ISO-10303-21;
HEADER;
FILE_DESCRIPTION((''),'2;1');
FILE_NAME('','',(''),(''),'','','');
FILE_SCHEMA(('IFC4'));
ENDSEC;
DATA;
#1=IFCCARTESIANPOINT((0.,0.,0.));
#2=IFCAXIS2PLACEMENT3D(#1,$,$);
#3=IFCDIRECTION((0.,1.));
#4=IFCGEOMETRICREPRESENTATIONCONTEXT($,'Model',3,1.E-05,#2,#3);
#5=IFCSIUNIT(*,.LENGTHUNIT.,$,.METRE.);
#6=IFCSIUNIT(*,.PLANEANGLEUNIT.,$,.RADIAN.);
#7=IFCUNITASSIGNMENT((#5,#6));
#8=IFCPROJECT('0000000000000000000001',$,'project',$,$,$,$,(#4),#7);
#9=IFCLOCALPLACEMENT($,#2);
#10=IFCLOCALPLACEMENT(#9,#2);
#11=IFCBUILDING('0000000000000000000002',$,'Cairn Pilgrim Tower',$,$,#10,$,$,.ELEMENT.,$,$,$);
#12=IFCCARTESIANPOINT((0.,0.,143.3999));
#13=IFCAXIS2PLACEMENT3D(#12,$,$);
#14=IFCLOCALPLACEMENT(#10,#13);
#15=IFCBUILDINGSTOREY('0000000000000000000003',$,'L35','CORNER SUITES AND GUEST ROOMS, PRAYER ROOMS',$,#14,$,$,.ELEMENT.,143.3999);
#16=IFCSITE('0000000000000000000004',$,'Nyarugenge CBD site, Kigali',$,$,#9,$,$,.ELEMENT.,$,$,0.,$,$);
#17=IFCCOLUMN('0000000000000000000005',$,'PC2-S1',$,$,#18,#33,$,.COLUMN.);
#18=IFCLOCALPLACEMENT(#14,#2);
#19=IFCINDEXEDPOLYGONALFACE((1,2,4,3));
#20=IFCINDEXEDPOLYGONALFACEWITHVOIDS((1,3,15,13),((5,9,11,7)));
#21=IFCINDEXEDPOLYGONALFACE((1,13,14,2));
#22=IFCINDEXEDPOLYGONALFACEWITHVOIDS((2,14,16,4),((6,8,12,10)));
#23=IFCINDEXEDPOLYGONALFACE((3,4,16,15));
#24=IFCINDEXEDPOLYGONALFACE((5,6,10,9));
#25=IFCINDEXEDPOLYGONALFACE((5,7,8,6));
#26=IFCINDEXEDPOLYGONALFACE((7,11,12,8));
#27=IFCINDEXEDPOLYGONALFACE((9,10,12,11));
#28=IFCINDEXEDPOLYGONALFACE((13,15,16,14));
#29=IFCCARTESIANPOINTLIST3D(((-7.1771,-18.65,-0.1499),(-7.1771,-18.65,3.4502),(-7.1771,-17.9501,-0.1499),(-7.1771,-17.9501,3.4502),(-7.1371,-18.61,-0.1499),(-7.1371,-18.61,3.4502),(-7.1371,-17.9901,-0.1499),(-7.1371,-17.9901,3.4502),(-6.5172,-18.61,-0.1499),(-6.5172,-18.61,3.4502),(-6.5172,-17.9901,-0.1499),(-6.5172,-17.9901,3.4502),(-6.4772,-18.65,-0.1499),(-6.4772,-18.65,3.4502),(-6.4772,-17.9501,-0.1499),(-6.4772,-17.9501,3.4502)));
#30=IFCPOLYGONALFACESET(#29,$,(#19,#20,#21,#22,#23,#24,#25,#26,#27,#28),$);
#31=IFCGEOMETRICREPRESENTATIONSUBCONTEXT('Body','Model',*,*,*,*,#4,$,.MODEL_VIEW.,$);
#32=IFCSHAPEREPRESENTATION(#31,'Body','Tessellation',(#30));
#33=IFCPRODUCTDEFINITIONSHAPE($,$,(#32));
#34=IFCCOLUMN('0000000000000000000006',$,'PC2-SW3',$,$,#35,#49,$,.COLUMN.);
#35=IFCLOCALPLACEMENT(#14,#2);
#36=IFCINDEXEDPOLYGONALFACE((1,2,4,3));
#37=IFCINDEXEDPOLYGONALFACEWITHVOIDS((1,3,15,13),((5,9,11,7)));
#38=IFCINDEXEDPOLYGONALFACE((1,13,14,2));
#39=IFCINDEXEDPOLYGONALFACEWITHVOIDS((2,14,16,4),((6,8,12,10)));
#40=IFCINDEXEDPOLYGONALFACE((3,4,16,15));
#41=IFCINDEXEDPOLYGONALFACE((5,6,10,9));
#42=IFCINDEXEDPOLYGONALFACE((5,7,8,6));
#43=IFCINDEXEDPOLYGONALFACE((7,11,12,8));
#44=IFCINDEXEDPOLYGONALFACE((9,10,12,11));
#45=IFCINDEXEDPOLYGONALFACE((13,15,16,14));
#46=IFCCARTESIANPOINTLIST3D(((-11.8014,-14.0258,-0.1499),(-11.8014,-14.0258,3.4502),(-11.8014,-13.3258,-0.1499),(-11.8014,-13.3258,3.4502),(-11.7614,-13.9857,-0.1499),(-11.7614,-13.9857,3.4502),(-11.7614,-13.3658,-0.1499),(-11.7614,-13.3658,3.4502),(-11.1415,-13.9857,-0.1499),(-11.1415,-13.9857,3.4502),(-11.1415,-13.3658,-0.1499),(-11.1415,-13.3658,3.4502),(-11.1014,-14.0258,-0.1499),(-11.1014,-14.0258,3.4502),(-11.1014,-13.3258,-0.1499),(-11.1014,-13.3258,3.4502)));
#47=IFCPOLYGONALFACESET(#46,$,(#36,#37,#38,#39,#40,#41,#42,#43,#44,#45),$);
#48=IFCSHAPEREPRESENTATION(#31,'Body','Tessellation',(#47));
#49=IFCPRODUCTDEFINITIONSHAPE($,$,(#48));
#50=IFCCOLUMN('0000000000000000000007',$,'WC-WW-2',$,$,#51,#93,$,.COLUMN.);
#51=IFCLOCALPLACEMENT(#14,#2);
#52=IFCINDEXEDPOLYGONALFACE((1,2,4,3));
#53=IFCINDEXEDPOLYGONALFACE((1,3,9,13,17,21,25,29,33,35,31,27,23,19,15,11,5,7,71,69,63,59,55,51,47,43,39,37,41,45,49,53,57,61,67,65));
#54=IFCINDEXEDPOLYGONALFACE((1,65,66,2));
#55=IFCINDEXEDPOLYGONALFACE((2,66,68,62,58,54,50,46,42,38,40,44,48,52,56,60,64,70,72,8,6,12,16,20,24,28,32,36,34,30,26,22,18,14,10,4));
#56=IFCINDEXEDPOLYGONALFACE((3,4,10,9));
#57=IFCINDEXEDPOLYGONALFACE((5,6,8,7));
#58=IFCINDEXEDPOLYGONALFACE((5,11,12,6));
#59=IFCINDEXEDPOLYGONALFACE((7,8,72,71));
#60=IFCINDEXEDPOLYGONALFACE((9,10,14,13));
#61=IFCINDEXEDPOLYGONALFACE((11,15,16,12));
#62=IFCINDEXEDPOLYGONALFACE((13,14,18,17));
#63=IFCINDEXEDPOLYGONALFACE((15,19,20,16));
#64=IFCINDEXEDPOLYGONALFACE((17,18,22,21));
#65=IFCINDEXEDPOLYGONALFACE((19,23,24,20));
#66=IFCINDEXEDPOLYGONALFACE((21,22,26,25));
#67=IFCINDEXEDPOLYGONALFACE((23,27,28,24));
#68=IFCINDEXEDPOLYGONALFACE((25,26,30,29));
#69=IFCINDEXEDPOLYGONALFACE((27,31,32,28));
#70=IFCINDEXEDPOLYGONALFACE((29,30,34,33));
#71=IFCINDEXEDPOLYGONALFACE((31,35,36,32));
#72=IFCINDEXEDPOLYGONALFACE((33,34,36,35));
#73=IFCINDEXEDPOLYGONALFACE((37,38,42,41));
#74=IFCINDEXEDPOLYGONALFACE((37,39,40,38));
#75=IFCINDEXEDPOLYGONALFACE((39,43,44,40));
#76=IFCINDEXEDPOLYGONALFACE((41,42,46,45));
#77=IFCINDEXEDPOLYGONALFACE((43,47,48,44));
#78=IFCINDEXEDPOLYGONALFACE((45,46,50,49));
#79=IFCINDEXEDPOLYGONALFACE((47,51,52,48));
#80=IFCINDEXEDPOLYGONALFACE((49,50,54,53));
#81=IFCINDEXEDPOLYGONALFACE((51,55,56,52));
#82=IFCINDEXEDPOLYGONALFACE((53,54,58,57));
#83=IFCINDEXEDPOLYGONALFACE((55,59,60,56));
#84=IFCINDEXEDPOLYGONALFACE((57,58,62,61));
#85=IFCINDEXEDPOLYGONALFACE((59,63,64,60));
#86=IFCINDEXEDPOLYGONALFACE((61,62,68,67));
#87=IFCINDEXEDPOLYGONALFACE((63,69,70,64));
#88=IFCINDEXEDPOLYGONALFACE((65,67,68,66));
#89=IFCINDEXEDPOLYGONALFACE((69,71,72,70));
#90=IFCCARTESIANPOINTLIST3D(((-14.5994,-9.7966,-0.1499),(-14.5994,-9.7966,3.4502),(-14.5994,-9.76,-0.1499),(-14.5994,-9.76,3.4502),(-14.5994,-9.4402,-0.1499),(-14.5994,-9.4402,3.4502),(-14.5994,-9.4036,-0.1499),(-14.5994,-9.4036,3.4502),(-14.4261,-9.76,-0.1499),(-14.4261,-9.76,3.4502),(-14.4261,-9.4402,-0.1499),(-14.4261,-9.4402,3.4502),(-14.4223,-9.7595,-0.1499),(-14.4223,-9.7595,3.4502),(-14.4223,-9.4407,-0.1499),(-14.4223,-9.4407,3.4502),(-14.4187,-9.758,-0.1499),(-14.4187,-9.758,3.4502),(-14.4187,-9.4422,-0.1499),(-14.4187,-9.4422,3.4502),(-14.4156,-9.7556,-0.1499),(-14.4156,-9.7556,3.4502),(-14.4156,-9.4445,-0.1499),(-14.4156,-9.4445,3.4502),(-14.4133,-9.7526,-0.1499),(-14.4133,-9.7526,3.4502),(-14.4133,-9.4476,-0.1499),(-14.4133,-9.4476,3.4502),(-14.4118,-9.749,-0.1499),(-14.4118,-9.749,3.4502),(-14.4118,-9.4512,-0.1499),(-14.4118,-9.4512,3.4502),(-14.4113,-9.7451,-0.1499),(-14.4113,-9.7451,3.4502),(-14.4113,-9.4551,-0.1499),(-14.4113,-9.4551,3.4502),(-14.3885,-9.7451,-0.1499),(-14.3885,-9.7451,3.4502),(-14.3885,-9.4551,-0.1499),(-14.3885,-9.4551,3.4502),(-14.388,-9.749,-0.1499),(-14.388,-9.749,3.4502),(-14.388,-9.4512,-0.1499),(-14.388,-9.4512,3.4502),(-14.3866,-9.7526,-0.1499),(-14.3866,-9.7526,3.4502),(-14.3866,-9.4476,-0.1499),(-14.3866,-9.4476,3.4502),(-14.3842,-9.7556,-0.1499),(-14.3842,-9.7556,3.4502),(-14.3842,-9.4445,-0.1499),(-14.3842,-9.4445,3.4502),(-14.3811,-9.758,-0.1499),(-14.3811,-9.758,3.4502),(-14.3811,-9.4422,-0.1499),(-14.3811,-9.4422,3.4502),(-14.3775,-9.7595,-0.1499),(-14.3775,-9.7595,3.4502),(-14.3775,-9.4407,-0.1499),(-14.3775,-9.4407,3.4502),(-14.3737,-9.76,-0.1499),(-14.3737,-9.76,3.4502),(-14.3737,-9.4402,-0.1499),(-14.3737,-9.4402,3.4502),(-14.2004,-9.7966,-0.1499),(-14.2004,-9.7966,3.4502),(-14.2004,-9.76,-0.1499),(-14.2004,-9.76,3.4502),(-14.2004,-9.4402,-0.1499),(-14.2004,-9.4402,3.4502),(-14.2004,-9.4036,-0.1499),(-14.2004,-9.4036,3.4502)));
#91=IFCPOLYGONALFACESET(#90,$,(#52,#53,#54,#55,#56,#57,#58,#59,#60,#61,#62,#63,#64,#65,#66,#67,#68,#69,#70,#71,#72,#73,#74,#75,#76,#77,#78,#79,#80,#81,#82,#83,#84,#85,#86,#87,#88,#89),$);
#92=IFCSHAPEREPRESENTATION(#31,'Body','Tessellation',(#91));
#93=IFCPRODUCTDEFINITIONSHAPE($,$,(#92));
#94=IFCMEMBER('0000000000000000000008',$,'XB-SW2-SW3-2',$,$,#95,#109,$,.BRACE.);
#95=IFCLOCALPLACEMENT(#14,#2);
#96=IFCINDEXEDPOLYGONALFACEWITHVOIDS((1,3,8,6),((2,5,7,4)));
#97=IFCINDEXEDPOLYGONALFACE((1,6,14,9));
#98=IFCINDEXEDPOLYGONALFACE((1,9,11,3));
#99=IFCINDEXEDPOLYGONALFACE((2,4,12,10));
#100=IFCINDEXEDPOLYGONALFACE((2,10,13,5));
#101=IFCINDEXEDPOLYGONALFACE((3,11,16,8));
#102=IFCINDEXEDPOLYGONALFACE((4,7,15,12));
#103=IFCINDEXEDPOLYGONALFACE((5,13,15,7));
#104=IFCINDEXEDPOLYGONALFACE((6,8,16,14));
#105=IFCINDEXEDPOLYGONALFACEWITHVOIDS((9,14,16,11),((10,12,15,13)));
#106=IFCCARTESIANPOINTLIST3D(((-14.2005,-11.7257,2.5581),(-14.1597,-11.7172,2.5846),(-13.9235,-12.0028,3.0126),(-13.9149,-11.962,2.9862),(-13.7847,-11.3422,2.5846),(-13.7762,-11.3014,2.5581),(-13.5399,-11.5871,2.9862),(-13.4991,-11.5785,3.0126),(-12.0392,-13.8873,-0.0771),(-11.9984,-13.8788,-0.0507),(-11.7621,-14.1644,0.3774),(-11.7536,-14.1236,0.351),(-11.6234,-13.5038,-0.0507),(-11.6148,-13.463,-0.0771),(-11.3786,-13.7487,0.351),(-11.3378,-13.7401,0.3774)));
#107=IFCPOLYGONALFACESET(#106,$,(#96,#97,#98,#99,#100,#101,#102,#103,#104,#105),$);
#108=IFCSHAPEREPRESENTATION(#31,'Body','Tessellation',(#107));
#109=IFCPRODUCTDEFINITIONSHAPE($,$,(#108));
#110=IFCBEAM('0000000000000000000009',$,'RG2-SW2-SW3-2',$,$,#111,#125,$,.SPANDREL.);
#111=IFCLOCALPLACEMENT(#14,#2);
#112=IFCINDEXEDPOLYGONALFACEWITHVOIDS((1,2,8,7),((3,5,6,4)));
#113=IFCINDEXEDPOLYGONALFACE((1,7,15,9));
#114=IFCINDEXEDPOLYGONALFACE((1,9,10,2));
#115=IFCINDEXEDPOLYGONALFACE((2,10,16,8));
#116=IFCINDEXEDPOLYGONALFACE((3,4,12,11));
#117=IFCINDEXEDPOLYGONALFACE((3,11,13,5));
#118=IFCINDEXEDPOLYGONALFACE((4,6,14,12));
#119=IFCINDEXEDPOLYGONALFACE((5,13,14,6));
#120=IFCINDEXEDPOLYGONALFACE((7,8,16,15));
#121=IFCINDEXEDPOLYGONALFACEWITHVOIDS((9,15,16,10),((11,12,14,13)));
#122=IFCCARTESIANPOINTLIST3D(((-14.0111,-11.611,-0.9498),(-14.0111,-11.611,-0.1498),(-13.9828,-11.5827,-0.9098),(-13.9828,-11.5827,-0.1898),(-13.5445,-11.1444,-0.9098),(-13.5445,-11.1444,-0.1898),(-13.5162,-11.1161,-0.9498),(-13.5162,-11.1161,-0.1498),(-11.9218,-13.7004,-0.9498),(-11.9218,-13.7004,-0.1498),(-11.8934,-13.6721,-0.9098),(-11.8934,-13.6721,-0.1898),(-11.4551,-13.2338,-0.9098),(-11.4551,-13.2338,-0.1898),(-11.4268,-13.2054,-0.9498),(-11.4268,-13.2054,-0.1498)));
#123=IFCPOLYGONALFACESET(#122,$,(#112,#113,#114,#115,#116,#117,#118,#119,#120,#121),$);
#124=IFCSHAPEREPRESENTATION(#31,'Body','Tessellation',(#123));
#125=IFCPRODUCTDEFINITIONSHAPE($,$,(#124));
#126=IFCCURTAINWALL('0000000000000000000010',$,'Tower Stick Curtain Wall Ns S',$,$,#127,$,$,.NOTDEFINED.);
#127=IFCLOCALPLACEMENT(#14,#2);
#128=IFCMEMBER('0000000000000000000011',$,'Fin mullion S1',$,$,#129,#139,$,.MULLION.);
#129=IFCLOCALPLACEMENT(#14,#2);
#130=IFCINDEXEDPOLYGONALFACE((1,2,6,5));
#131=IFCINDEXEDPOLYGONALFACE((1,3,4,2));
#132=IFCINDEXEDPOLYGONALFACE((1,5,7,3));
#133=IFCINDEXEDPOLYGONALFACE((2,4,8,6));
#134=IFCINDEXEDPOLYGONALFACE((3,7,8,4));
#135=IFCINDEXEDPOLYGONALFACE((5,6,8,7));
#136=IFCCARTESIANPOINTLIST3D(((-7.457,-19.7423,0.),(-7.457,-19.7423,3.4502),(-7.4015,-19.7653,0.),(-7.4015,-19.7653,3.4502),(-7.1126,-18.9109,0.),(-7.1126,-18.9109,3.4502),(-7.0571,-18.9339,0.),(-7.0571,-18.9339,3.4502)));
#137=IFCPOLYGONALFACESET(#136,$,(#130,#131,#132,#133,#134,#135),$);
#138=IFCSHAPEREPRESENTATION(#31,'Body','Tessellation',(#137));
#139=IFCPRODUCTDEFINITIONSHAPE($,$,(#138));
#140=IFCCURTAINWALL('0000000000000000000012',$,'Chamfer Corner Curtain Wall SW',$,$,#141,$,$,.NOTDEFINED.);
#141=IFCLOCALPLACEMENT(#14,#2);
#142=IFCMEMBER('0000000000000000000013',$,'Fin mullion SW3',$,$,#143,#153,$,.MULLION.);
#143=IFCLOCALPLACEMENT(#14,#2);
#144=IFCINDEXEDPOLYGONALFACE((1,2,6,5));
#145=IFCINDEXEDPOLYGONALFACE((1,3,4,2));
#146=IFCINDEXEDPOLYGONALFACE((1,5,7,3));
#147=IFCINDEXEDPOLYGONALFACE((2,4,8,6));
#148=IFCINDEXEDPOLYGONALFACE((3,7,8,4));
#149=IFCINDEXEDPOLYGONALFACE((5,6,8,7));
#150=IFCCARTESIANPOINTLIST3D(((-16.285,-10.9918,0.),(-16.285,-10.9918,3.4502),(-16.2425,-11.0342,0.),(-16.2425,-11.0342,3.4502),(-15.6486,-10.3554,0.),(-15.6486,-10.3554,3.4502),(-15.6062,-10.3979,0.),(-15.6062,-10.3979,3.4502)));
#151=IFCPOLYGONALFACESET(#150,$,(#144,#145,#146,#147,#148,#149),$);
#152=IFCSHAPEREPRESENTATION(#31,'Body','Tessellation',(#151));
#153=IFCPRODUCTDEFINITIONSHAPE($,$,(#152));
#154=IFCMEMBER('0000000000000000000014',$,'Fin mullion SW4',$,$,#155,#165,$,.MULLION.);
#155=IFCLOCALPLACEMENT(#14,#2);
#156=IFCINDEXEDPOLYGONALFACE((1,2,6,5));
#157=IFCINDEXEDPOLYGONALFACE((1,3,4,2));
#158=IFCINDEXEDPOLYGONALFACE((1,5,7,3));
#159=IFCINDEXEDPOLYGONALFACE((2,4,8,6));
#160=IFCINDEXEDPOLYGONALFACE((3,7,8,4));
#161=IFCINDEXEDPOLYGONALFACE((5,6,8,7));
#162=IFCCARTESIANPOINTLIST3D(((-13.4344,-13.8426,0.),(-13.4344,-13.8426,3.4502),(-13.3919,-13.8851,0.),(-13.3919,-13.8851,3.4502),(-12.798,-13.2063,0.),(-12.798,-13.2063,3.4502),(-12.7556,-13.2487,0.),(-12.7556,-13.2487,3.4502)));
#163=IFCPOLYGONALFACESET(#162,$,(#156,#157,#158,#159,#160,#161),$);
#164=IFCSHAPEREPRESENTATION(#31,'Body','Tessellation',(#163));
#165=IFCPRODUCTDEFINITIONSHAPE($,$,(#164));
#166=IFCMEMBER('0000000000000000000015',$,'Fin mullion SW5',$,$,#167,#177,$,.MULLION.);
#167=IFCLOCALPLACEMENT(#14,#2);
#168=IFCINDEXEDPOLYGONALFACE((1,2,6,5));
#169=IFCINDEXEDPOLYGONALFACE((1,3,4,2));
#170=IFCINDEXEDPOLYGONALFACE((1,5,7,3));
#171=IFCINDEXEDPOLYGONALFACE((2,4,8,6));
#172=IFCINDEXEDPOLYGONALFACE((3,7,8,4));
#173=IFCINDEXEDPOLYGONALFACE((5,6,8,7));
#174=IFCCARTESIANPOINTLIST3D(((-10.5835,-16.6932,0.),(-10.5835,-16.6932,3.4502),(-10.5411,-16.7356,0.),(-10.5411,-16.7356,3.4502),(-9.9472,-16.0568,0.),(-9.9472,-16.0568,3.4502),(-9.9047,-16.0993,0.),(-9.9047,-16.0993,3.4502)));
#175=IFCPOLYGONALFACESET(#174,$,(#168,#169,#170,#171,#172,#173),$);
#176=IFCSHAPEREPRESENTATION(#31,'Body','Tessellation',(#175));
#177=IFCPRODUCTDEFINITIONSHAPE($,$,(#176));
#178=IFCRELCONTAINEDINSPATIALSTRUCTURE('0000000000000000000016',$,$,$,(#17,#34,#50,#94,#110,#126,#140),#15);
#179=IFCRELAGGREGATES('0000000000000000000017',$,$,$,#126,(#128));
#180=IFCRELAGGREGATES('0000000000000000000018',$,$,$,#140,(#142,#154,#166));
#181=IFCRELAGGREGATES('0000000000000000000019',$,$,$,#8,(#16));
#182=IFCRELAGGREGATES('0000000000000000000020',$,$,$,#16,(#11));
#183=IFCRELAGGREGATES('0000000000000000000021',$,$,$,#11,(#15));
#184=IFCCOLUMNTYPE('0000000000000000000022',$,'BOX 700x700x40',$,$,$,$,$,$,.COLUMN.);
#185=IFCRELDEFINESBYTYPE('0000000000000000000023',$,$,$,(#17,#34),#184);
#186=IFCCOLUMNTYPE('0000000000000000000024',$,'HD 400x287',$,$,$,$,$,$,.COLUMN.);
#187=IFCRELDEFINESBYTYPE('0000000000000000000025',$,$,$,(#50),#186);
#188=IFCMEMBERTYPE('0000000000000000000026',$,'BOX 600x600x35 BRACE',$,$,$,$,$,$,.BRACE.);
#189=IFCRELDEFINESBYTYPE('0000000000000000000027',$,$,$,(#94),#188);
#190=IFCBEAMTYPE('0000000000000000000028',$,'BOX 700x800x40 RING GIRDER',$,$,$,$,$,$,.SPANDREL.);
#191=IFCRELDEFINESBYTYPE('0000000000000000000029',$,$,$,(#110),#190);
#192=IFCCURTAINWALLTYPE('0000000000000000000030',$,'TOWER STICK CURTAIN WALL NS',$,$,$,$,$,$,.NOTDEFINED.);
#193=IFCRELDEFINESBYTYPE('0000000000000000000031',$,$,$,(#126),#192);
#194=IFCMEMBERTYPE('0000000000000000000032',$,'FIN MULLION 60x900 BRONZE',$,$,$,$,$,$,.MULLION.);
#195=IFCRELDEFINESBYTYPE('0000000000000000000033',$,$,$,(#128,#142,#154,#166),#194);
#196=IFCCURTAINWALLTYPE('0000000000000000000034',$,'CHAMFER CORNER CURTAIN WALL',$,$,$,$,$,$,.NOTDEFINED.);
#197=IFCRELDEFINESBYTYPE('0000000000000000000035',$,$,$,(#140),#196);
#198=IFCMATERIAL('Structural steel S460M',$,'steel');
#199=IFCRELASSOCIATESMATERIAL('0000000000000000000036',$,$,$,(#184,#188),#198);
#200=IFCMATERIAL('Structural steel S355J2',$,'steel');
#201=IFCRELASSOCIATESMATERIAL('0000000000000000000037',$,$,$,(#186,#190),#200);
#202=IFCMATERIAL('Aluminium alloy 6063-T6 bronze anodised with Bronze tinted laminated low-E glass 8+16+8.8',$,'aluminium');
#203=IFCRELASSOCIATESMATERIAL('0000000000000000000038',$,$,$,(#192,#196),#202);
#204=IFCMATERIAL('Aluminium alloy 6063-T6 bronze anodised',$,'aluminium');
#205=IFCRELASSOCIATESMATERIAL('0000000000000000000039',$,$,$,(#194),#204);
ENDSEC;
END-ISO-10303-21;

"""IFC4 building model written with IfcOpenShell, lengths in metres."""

from ifc_helpers import new_model, si_unit, direction, frame, origin, origin_2d, place, context, subcontext, project, spatial, rectangle, hollow_rectangle, i_section, extrude, material, material_profile, profile_set, type_object, element, aggregate, save


model = new_model("IFC4")

# Units and contexts
model_context = context("Model", 3, precision=1e-05, world=origin(), true_north=direction((0.0, 1.0)))
body_context = subcontext(model_context, "Body", "Model", "MODEL_VIEW")
ifc_project = project(units=[si_unit("LENGTHUNIT", "METRE"), si_unit("PLANEANGLEUNIT", "RADIAN")], contexts=[model_context])

# Site, building, storey
site_placement = place(None, origin())
site = spatial("IfcSite", under=ifc_project, at=site_placement, Name="Nyarugenge CBD site, Kigali", CompositionType="ELEMENT", RefElevation=0.0)
building_placement = place(site_placement, origin())
building = spatial("IfcBuilding", under=site, at=building_placement, Name="Cairn Pilgrim Tower", CompositionType="ELEMENT")
storey_placement = place(building_placement, frame((0.0, 0.0, 143.3999)))
storey = spatial("IfcBuildingStorey", under=building, at=storey_placement, Name="L35", Description="CORNER SUITES AND GUEST ROOMS, PRAYER ROOMS", CompositionType="ELEMENT", Elevation=143.3999)

# Columns
ifc_material_1 = material(Name="Structural steel S460M", Category="steel")
ifc_material_profile_1 = material_profile(ifc_material_1, hollow_rectangle(XDim=0.7, YDim=0.7, WallThickness=0.04, at=origin_2d()), Name="BOX 700x700x40")
ifc_profile_set_1 = profile_set([ifc_material_profile_1], Name="Structural steel S460M")
column_type_1 = type_object("IfcColumnType", Name="BOX 700x700x40", PredefinedType="COLUMN", material=ifc_profile_set_1)
for number, where, z_axis, x_axis, name in (
    (1, (-6.8271, -18.3, -0.1499), (0.0, 0.0, 1.0), (1.0, 0.0, 0.0), "PC2-S1"),
    (2, (-11.4514, -13.6758, -0.1499), (0.0, 0.0, 1.0), (1.0, 0.0, 0.0), "PC2-SW3"),
):
    element("IfcColumn", number, at=place(storey_placement, frame(where, z_axis=z_axis, x_axis=x_axis)), inside=storey, type_object=column_type_1, Name=name, PredefinedType="COLUMN", context=body_context, shape_type="SweptSolid", body=[
        extrude(hollow_rectangle(XDim=0.7, YDim=0.7, WallThickness=0.04, at=origin_2d()), origin(), (0.0, 0.0, 1.0), 3.6001),
    ])
ifc_material_2 = material(Name="Structural steel S355J2", Category="steel")
ifc_material_profile_2 = material_profile(ifc_material_2, i_section(OverallWidth=0.3989, OverallDepth=0.3931, WebThickness=0.0227, FlangeThickness=0.0366, FilletRadius=0.0149, at=origin_2d()), Name="HD 400x287")
ifc_profile_set_2 = profile_set([ifc_material_profile_2], Name="Structural steel S355J2")
column_type_2 = type_object("IfcColumnType", Name="HD 400x287", PredefinedType="COLUMN", material=ifc_profile_set_2)
column_placement = place(storey_placement, frame((-14.3999, -9.6001, -0.1499), z_axis=(0.0, 0.0, 1.0), x_axis=(1.0, 0.0, 0.0)))
element("IfcColumn", 3, at=column_placement, inside=storey, type_object=column_type_2, Name="WC-WW-2", PredefinedType="COLUMN", context=body_context, shape_type="SweptSolid", body=[
    extrude(i_section(OverallWidth=0.3989, OverallDepth=0.3931, WebThickness=0.0227, FlangeThickness=0.0366, FilletRadius=0.0149, at=origin_2d()), origin(), (0.0, 0.0, 1.0), 3.6001),
])

# Member
ifc_material_profile_3 = material_profile(ifc_material_1, hollow_rectangle(XDim=0.6001, YDim=0.6001, WallThickness=0.0349, at=origin_2d()), Name="BOX 600x600x35")
ifc_profile_set_3 = profile_set([ifc_material_profile_3], Name="Structural steel S460M")
member_type_1 = type_object("IfcMemberType", Name="BOX 600x600x35 BRACE", PredefinedType="BRACE", material=ifc_profile_set_3)
member_1_placement = place(storey_placement, frame((-11.6885, -13.8137, 0.1501), z_axis=(-0.535534, 0.535594, 0.652949), x_axis=(-0.707147, -0.707067, 0.0)))
element("IfcMember", 4, at=member_1_placement, inside=storey, type_object=member_type_1, Name="XB-SW2-SW3-2", PredefinedType="BRACE", context=body_context, shape_type="SweptSolid", body=[
    extrude(hollow_rectangle(XDim=0.6001, YDim=0.6001, WallThickness=0.0349, at=origin_2d()), origin(), (0.0, 0.0, 1.0), 4.0359),
])

# Beam
ifc_material_profile_4 = material_profile(ifc_material_2, hollow_rectangle(XDim=0.7, YDim=0.8, WallThickness=0.04, at=origin_2d()), Name="BOX 700x800x40")
ifc_profile_set_4 = profile_set([ifc_material_profile_4], Name="Structural steel S355J2")
beam_type_1 = type_object("IfcBeamType", Name="BOX 700x800x40 RING GIRDER", PredefinedType="SPANDREL", material=ifc_profile_set_4)
beam_1_placement = place(storey_placement, frame((-13.7637, -11.3635, -0.5498), z_axis=(0.707107, -0.707107, 0.0), x_axis=(0.707107, 0.707107, 0.0)))
element("IfcBeam", 5, at=beam_1_placement, inside=storey, type_object=beam_type_1, Name="RG2-SW2-SW3-2", PredefinedType="SPANDREL", context=body_context, shape_type="SweptSolid", body=[
    extrude(hollow_rectangle(XDim=0.7, YDim=0.8, WallThickness=0.04, at=origin_2d()), origin(), (0.0, 0.0, 1.0), 2.9548),
])

# Curtain wall, member
ifc_material_3 = material(Name="Aluminium alloy 6063-T6 bronze anodised with Bronze tinted laminated low-E glass 8+16+8.8", Category="aluminium")
curtain_wall_type_1 = type_object("IfcCurtainWallType", Name="TOWER STICK CURTAIN WALL NS", PredefinedType="NOTDEFINED", material=ifc_material_3)
curtain_wall_1_placement = place(storey_placement, origin())
curtain_wall_1 = element("IfcCurtainWall", 6, at=curtain_wall_1_placement, inside=storey, type_object=curtain_wall_type_1, Name="Tower Stick Curtain Wall Ns S", PredefinedType="NOTDEFINED")
ifc_material_4 = material(Name="Aluminium alloy 6063-T6 bronze anodised", Category="aluminium")
ifc_material_profile_5 = material_profile(ifc_material_4, rectangle(XDim=0.8999, YDim=0.0601, at=origin_2d()), Name="FIN MULLION 60x900 BRONZE")
ifc_profile_set_5 = profile_set([ifc_material_profile_5], Name="Aluminium alloy 6063-T6 bronze anodised")
member_type_2 = type_object("IfcMemberType", Name="FIN MULLION 60x900 BRONZE", PredefinedType="MULLION", material=ifc_profile_set_5)
member_2_placement = place(storey_placement, frame((-7.2571, -19.3381, 0.0), z_axis=(0.0, 0.0, 1.0), x_axis=(-0.382683, -0.92388, 0.0)))
member_2 = element("IfcMember", 7, at=member_2_placement, type_object=member_type_2, Name="Fin mullion S1", PredefinedType="MULLION", context=body_context, shape_type="SweptSolid", body=[
    extrude(rectangle(XDim=0.8999, YDim=0.0601, at=origin_2d()), origin(), (0.0, 0.0, 1.0), 3.4502),
])
aggregate(curtain_wall_1, [member_2])

# Curtain wall, members
curtain_wall_type_2 = type_object("IfcCurtainWallType", Name="CHAMFER CORNER CURTAIN WALL", PredefinedType="NOTDEFINED", material=ifc_material_3)
curtain_wall_2_placement = place(storey_placement, origin())
curtain_wall_2 = element("IfcCurtainWall", 8, at=curtain_wall_2_placement, inside=storey, type_object=curtain_wall_type_2, Name="Chamfer Corner Curtain Wall SW", PredefinedType="NOTDEFINED")
member_3_placement = place(storey_placement, frame((-15.9456, -10.6948, 0.0), z_axis=(0.0, 0.0, 1.0), x_axis=(-0.707107, -0.707107, 0.0)))
member_3 = element("IfcMember", 9, at=member_3_placement, type_object=member_type_2, Name="Fin mullion SW3", PredefinedType="MULLION", context=body_context, shape_type="SweptSolid", body=[
    extrude(rectangle(XDim=0.8999, YDim=0.0601, at=origin_2d()), origin(), (0.0, 0.0, 1.0), 3.4502),
])
member_4_placement = place(storey_placement, frame((-13.095, -13.5457, 0.0), z_axis=(0.0, 0.0, 1.0), x_axis=(-0.707107, -0.707107, 0.0)))
member_4 = element("IfcMember", 10, at=member_4_placement, type_object=member_type_2, Name="Fin mullion SW4", PredefinedType="MULLION", context=body_context, shape_type="SweptSolid", body=[
    extrude(rectangle(XDim=0.8999, YDim=0.0601, at=origin_2d()), origin(), (0.0, 0.0, 1.0), 3.4502),
])
member_5_placement = place(storey_placement, frame((-10.2441, -16.3962, 0.0), z_axis=(0.0, 0.0, 1.0), x_axis=(-0.707107, -0.707107, 0.0)))
member_5 = element("IfcMember", 11, at=member_5_placement, type_object=member_type_2, Name="Fin mullion SW5", PredefinedType="MULLION", context=body_context, shape_type="SweptSolid", body=[
    extrude(rectangle(XDim=0.8999, YDim=0.0601, at=origin_2d()), origin(), (0.0, 0.0, 1.0), 3.4502),
])

aggregate(curtain_wall_2, [member_3, member_4, member_5])

save(model, "model.ifc")
